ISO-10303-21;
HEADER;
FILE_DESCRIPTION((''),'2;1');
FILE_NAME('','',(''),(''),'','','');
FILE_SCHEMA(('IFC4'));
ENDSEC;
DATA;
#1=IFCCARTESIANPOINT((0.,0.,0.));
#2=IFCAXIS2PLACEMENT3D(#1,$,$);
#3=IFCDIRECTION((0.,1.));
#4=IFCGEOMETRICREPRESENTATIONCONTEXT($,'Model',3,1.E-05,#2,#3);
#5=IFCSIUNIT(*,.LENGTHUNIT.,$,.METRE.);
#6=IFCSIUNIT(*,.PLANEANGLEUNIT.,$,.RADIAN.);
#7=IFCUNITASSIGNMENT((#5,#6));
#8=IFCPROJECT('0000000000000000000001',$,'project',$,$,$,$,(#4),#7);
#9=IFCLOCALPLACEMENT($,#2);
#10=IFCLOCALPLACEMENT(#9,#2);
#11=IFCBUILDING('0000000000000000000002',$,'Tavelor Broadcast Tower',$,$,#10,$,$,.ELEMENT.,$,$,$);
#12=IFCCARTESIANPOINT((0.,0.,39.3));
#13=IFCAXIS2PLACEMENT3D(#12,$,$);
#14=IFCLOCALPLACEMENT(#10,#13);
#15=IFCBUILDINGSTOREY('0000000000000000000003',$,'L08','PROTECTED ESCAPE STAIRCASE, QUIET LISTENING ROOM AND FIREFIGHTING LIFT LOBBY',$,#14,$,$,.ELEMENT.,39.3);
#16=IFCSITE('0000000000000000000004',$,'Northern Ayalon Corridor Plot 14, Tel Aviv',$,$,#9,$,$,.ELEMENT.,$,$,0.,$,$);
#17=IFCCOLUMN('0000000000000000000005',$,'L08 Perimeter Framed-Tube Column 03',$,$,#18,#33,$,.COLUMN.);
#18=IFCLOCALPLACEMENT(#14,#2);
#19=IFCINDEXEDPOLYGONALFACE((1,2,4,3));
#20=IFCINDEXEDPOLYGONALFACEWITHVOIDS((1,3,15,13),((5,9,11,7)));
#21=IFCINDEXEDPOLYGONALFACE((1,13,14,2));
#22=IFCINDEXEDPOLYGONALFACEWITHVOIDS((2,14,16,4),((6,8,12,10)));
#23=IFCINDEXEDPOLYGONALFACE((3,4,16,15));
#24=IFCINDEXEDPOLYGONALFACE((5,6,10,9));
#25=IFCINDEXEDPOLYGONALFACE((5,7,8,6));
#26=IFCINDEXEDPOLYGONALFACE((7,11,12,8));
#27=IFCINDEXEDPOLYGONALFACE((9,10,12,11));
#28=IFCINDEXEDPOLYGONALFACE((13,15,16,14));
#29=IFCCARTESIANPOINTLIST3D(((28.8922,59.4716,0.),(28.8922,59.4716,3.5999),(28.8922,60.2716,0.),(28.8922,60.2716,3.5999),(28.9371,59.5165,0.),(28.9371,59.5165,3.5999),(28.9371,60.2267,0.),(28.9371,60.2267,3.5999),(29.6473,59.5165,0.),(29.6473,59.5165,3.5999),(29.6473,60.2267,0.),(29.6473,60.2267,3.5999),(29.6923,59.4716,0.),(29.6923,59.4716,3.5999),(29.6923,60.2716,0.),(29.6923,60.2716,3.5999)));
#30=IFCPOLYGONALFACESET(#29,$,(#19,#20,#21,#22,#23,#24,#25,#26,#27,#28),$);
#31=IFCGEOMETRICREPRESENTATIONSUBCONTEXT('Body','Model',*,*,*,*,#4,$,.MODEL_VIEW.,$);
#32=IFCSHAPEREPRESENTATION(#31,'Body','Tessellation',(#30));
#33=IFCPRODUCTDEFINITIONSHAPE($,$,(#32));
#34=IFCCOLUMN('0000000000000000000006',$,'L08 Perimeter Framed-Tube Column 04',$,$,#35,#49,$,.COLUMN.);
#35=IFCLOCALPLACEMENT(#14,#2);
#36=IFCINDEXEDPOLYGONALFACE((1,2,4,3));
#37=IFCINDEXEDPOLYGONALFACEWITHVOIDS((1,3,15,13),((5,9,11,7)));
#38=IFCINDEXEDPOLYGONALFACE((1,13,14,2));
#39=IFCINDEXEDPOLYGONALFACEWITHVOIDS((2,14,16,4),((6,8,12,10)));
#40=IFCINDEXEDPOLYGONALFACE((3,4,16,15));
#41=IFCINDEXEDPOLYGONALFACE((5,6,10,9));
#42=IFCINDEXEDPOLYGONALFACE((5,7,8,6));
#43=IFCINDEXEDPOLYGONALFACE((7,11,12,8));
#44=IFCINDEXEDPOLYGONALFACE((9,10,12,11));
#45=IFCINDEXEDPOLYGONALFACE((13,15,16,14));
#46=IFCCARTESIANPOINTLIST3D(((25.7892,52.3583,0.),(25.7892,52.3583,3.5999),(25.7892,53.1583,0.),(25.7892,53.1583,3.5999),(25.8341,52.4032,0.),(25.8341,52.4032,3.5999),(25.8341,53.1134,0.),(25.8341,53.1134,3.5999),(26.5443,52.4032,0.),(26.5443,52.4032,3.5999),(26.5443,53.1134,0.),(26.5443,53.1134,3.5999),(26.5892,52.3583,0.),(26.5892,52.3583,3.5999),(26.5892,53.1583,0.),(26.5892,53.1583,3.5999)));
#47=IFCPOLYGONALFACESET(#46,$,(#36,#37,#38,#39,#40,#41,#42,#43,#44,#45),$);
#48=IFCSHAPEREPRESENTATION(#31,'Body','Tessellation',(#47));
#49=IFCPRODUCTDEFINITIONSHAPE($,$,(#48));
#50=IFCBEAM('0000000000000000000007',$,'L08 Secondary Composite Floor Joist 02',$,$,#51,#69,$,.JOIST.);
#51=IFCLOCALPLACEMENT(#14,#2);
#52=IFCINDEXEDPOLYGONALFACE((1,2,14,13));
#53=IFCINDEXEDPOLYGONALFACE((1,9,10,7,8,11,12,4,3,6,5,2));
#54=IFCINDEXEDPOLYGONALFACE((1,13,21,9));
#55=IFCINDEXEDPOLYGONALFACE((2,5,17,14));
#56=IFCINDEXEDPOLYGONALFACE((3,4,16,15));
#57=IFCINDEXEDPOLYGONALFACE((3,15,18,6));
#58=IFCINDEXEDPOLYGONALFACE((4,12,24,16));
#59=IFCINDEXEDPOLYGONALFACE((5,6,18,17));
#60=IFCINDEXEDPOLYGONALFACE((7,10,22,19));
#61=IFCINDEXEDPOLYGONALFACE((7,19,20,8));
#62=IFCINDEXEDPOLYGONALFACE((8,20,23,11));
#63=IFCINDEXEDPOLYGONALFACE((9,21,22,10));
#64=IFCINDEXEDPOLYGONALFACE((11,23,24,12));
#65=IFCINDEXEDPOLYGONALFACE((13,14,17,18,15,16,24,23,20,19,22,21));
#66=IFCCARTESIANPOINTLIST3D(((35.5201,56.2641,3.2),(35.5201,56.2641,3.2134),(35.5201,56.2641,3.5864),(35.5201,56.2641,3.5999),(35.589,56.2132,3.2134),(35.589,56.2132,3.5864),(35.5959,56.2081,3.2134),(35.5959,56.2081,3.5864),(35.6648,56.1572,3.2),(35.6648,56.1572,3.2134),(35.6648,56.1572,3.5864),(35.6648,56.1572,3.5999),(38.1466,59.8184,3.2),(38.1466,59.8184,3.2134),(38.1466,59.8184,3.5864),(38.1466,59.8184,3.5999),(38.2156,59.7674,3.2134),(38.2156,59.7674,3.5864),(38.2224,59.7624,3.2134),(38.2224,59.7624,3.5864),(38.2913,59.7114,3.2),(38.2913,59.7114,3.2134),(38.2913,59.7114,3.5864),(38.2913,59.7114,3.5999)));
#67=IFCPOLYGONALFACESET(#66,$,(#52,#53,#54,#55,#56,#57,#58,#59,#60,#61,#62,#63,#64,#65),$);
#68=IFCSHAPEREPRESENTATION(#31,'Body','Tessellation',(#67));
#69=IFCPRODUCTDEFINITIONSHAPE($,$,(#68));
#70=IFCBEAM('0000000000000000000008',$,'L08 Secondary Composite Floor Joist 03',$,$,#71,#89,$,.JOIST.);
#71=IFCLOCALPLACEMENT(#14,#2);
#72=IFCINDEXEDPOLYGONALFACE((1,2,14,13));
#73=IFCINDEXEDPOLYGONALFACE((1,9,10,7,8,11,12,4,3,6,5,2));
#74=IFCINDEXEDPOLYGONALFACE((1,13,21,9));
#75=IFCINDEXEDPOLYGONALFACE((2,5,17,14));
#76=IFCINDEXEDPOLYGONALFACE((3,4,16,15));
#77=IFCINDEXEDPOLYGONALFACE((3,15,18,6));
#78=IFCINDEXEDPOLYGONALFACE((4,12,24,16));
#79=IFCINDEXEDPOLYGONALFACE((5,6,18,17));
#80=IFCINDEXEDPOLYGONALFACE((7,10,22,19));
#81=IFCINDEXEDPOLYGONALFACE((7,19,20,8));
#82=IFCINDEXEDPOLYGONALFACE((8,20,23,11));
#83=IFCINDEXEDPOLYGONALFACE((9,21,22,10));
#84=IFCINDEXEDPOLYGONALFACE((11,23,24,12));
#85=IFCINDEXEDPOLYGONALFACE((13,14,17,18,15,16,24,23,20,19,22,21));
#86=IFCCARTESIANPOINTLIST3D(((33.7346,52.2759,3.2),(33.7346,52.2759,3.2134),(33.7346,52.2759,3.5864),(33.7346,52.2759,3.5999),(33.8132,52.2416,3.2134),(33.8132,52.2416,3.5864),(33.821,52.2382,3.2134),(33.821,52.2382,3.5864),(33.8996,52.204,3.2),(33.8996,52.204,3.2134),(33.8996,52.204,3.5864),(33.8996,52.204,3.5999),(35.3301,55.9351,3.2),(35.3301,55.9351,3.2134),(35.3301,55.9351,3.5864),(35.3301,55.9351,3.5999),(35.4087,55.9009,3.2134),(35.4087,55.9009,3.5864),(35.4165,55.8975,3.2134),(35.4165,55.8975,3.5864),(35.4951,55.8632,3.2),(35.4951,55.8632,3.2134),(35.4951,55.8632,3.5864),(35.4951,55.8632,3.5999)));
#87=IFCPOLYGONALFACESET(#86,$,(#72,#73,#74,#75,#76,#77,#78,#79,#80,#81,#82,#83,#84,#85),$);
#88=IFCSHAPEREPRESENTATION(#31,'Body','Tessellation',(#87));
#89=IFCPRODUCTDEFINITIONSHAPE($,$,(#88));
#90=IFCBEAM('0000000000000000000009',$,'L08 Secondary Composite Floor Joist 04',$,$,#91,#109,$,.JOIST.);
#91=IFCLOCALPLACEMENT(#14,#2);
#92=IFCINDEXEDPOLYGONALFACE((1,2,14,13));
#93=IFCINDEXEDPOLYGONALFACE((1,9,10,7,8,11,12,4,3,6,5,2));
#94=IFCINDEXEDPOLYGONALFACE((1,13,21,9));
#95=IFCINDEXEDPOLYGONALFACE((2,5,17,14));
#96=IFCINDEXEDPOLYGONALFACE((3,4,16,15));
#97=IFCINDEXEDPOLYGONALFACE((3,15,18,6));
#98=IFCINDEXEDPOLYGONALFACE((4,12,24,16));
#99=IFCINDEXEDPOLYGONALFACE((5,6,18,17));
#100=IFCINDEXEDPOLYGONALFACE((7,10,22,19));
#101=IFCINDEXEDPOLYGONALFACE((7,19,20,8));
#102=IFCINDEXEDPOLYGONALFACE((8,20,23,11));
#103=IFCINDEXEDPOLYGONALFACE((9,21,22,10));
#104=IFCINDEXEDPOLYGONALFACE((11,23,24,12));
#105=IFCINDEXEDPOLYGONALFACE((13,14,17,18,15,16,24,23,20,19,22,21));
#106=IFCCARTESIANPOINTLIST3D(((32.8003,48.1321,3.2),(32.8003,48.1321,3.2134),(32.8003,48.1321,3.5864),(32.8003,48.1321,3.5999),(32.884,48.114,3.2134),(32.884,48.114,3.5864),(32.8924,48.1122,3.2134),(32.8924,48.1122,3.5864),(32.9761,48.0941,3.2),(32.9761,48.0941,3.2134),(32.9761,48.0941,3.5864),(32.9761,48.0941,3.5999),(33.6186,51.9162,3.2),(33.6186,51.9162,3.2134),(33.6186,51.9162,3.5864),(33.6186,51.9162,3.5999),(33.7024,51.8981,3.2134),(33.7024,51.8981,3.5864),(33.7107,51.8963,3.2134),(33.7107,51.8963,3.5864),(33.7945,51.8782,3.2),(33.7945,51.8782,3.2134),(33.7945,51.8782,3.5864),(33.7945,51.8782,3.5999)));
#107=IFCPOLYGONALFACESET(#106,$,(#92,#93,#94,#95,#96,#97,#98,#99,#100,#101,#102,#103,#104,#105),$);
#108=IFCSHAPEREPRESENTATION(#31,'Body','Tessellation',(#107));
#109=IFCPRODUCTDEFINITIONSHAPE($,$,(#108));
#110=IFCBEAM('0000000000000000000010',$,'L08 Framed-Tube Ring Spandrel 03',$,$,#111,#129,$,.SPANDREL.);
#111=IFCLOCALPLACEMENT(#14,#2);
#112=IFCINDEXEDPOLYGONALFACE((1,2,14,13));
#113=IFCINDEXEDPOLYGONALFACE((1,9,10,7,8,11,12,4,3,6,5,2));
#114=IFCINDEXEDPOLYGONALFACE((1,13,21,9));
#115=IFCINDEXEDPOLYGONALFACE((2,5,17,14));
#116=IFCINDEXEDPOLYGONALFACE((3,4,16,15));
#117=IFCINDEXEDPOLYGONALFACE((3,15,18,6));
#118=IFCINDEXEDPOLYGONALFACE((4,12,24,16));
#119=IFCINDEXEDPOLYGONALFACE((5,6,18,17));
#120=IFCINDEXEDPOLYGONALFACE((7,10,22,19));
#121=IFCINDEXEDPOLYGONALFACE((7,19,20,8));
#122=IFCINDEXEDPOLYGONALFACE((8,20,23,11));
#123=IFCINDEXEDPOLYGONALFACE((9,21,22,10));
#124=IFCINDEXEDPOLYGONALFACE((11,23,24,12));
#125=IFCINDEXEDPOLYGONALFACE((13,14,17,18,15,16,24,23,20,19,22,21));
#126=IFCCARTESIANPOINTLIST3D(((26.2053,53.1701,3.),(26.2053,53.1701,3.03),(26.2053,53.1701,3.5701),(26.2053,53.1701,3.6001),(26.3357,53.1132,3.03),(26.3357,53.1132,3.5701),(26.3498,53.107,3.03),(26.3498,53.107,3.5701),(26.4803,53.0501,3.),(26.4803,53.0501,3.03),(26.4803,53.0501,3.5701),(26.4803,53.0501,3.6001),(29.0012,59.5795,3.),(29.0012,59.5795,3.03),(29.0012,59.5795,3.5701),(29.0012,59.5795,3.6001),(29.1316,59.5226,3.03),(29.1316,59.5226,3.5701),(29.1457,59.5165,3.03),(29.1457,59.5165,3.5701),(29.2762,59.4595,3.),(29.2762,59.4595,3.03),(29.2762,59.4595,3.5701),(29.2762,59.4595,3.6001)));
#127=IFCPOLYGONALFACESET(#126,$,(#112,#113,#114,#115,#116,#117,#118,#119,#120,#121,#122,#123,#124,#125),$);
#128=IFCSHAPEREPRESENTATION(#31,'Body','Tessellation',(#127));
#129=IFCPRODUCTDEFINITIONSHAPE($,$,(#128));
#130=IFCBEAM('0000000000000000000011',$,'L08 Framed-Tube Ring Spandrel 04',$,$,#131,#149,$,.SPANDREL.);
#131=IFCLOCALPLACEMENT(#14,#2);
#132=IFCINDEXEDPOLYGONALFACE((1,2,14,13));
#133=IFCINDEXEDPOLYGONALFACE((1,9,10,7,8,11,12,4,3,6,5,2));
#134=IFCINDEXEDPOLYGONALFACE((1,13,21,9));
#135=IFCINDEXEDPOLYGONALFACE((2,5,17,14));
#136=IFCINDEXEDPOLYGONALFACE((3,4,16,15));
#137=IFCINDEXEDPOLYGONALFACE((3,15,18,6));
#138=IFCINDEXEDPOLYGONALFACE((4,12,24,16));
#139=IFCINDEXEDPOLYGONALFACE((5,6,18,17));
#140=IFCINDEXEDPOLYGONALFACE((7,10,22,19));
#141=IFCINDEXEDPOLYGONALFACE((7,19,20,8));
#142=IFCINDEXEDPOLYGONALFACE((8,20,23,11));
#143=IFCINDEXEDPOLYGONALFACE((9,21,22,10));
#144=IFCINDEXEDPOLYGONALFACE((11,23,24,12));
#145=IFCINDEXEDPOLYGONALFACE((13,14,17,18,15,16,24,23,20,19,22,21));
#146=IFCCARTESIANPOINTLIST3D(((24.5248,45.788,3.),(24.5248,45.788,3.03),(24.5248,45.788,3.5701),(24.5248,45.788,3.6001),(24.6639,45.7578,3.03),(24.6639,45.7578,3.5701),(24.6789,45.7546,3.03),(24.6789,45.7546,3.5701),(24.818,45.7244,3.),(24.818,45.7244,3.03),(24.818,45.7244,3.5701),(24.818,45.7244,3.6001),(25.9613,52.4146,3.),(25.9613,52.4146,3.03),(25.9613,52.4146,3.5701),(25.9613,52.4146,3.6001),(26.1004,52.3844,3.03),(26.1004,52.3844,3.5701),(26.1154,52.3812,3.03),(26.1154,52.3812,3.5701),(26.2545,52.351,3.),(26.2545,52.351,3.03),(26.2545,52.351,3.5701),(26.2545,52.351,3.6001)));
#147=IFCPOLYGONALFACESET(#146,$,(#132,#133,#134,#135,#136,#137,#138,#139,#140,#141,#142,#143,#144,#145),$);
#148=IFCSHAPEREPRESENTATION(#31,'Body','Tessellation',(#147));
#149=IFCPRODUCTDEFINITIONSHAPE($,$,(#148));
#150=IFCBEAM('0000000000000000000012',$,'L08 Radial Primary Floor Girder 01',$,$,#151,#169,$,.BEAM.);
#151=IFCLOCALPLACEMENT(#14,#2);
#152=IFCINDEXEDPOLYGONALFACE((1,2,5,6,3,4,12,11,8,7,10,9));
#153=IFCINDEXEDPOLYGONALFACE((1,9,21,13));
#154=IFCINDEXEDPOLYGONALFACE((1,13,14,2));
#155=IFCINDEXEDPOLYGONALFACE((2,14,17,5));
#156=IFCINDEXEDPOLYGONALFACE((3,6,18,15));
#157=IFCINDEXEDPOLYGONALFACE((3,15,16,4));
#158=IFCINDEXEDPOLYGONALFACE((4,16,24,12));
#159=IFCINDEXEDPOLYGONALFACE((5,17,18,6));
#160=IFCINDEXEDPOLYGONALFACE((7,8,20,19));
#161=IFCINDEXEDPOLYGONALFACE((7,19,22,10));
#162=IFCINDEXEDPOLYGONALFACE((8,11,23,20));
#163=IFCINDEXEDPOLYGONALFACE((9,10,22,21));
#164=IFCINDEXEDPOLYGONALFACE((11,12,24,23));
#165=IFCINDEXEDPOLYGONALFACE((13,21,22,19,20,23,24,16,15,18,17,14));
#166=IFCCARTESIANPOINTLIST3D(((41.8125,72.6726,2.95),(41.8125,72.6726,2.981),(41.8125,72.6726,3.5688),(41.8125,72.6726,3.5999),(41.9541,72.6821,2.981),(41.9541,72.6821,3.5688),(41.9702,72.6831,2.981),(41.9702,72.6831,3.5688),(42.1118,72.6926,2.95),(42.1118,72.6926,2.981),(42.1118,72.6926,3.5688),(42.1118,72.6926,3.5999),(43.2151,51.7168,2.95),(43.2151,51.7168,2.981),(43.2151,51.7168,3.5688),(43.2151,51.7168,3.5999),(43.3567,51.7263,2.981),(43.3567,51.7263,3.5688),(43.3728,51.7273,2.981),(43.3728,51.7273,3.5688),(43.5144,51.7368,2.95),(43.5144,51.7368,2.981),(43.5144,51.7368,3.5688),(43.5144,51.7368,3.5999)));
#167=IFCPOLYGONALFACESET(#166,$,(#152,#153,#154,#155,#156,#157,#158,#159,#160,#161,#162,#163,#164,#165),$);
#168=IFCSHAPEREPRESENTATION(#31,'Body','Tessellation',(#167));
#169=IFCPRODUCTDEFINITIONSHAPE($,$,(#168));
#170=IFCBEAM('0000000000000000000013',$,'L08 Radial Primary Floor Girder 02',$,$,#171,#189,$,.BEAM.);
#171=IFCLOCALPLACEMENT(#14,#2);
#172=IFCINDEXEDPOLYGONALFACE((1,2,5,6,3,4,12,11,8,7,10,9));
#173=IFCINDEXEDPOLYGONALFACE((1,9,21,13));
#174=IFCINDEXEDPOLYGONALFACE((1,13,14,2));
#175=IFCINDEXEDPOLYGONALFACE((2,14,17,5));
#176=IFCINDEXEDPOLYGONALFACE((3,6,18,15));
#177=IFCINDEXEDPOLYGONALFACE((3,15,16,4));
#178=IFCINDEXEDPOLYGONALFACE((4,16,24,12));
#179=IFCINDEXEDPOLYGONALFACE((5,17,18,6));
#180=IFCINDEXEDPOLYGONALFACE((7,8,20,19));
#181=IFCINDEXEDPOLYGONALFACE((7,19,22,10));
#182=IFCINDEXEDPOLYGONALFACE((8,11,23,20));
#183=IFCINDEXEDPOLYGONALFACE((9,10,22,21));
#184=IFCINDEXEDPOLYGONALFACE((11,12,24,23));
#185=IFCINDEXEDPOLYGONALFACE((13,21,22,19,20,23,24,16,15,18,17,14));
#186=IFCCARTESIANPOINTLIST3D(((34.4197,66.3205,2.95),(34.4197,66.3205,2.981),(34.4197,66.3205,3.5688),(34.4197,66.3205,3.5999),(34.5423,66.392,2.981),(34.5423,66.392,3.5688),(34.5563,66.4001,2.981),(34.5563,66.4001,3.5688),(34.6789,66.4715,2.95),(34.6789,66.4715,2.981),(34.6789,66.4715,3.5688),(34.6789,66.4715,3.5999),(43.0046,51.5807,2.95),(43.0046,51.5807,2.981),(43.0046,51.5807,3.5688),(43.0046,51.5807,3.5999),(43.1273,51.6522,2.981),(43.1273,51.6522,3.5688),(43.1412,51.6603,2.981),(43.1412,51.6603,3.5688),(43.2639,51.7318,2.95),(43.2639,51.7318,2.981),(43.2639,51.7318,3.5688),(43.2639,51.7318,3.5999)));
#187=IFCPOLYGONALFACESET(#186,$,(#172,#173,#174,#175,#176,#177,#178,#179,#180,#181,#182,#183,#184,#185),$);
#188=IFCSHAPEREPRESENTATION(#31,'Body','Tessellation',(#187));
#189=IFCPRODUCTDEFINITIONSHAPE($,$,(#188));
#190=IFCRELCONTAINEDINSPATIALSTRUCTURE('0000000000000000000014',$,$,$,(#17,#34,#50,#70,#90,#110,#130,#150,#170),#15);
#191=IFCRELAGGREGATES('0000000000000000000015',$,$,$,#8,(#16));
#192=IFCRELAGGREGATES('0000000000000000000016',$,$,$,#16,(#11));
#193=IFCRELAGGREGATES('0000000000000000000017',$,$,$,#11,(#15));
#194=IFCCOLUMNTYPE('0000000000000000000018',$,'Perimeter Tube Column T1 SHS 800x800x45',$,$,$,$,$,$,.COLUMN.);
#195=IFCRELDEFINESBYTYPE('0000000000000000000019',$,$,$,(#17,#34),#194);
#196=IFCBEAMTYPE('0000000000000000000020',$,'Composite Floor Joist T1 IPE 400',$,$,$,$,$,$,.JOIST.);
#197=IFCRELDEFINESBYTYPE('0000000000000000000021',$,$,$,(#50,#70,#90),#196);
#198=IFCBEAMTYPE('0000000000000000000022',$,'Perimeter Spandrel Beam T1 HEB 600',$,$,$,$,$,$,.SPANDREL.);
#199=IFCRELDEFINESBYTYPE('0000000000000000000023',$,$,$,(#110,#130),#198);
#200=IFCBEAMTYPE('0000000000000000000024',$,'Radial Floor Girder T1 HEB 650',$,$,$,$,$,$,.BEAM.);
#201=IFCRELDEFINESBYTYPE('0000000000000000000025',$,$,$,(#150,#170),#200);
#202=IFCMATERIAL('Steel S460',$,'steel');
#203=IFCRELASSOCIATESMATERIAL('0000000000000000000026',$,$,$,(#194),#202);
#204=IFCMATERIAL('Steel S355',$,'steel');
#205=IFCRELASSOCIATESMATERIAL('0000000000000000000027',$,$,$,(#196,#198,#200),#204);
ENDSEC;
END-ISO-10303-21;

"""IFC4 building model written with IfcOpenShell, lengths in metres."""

from ifc_helpers import new_model, si_unit, direction, frame, origin, origin_2d, place, context, subcontext, project, spatial, hollow_rectangle, i_section, extrude, material, material_profile, profile_set, type_object, element, save


model = new_model("IFC4")

# Units and contexts
model_context = context("Model", 3, precision=1e-05, world=origin(), true_north=direction((0.0, 1.0)))
body_context = subcontext(model_context, "Body", "Model", "MODEL_VIEW")
ifc_project = project(units=[si_unit("LENGTHUNIT", "METRE"), si_unit("PLANEANGLEUNIT", "RADIAN")], contexts=[model_context])

# Site, building, storey
site_placement = place(None, origin())
site = spatial("IfcSite", under=ifc_project, at=site_placement, Name="Northern Ayalon Corridor Plot 14, Tel Aviv", CompositionType="ELEMENT", RefElevation=0.0)
building_placement = place(site_placement, origin())
building = spatial("IfcBuilding", under=site, at=building_placement, Name="Tavelor Broadcast Tower", CompositionType="ELEMENT")
storey_placement = place(building_placement, frame((0.0, 0.0, 39.3)))
storey = spatial("IfcBuildingStorey", under=building, at=storey_placement, Name="L08", Description="PROTECTED ESCAPE STAIRCASE, QUIET LISTENING ROOM AND FIREFIGHTING LIFT LOBBY", CompositionType="ELEMENT", Elevation=39.3)

# Columns
ifc_material_1 = material(Name="Steel S460", Category="steel")
ifc_material_profile_1 = material_profile(ifc_material_1, hollow_rectangle(XDim=0.8, YDim=0.8, WallThickness=0.0449, at=origin_2d()), Name="SHS 800x800x45")
ifc_profile_set_1 = profile_set([ifc_material_profile_1], Name="Steel S460")
column_type = type_object("IfcColumnType", Name="Perimeter Tube Column T1 SHS 800x800x45", PredefinedType="COLUMN", material=ifc_profile_set_1)
for number, where, z_axis, x_axis, name in (
    (1, (29.2922, 59.8716, 0.0), (0.0, 0.0, 1.0), (1.0, 0.0, 0.0), "L08 Perimeter Framed-Tube Column 03"),
    (2, (26.1892, 52.7583, 0.0), (0.0, 0.0, 1.0), (1.0, 0.0, 0.0), "L08 Perimeter Framed-Tube Column 04"),
):
    element("IfcColumn", number, at=place(storey_placement, frame(where, z_axis=z_axis, x_axis=x_axis)), inside=storey, type_object=column_type, Name=name, PredefinedType="COLUMN", context=body_context, shape_type="SweptSolid", body=[
        extrude(hollow_rectangle(XDim=0.8, YDim=0.8, WallThickness=0.0449, at=origin_2d()), origin(), (0.0, 0.0, 1.0), 3.5999),
    ])

# Beams
ifc_material_2 = material(Name="Steel S355", Category="steel")
ifc_material_profile_2 = material_profile(ifc_material_2, i_section(OverallWidth=0.1799, OverallDepth=0.3999, WebThickness=0.0085, FlangeThickness=0.0134, at=origin_2d()), Name="IPE 400")
ifc_profile_set_2 = profile_set([ifc_material_profile_2], Name="Steel S355")
beam_type_1 = type_object("IfcBeamType", Name="Composite Floor Joist T1 IPE 400", PredefinedType="JOIST", material=ifc_profile_set_2)
beam_1_placement = place(storey_placement, frame((38.219, 59.7649, 3.3999), z_axis=(-0.59431, -0.804236, 0.0), x_axis=(0.804236, -0.59431, 0.0)))
element("IfcBeam", 3, at=beam_1_placement, inside=storey, type_object=beam_type_1, Name="L08 Secondary Composite Floor Joist 02", PredefinedType="JOIST", context=body_context, shape_type="SweptSolid", body=[
    extrude(i_section(OverallWidth=0.1799, OverallDepth=0.3999, WebThickness=0.0085, FlangeThickness=0.0134, at=origin_2d()), origin(), (0.0, 0.0, 1.0), 4.4194),
])
beam_2_placement = place(storey_placement, frame((35.4126, 55.8992, 3.3999), z_axis=(-0.399676, -0.916656, 0.0), x_axis=(0.916656, -0.399676, 0.0)))
element("IfcBeam", 4, at=beam_2_placement, inside=storey, type_object=beam_type_1, Name="L08 Secondary Composite Floor Joist 03", PredefinedType="JOIST", context=body_context, shape_type="SweptSolid", body=[
    extrude(i_section(OverallWidth=0.1799, OverallDepth=0.3999, WebThickness=0.0085, FlangeThickness=0.0134, at=origin_2d()), origin(), (0.0, 0.0, 1.0), 3.9919),
])
beam_3_placement = place(storey_placement, frame((33.7065, 51.8972, 3.3999), z_axis=(-0.211372, -0.977406, 0.0), x_axis=(0.977406, -0.211372, 0.0)))
element("IfcBeam", 5, at=beam_3_placement, inside=storey, type_object=beam_type_1, Name="L08 Secondary Composite Floor Joist 04", PredefinedType="JOIST", context=body_context, shape_type="SweptSolid", body=[
    extrude(i_section(OverallWidth=0.1799, OverallDepth=0.3999, WebThickness=0.0085, FlangeThickness=0.0134, at=origin_2d()), origin(), (0.0, 0.0, 1.0), 3.8716),
])
ifc_material_profile_3 = material_profile(ifc_material_2, i_section(OverallWidth=0.3, OverallDepth=0.6001, WebThickness=0.0154, FlangeThickness=0.03, at=origin_2d()), Name="HEB 600")
ifc_profile_set_3 = profile_set([ifc_material_profile_3], Name="Steel S355")
beam_type_2 = type_object("IfcBeamType", Name="Perimeter Spandrel Beam T1 HEB 600", PredefinedType="SPANDREL", material=ifc_profile_set_3)
beam_4_placement = place(storey_placement, frame((29.1387, 59.5195, 3.3), z_axis=(-0.399831, -0.916589, 0.0), x_axis=(0.916589, -0.399831, 0.0)))
element("IfcBeam", 6, at=beam_4_placement, inside=storey, type_object=beam_type_2, Name="L08 Framed-Tube Ring Spandrel 03", PredefinedType="SPANDREL", context=body_context, shape_type="SweptSolid", body=[
    extrude(i_section(OverallWidth=0.3, OverallDepth=0.6001, WebThickness=0.0154, FlangeThickness=0.03, at=origin_2d()), origin(), (0.0, 0.0, 1.0), 6.9927),
])
beam_5_placement = place(storey_placement, frame((26.1079, 52.3828, 3.3), z_axis=(-0.211857, -0.977301, 0.0), x_axis=(0.977301, -0.211857, 0.0)))
element("IfcBeam", 7, at=beam_5_placement, inside=storey, type_object=beam_type_2, Name="L08 Framed-Tube Ring Spandrel 04", PredefinedType="SPANDREL", context=body_context, shape_type="SweptSolid", body=[
    extrude(i_section(OverallWidth=0.3, OverallDepth=0.6001, WebThickness=0.0154, FlangeThickness=0.03, at=origin_2d()), origin(), (0.0, 0.0, 1.0), 6.7805),
])
ifc_material_profile_4 = material_profile(ifc_material_2, i_section(OverallWidth=0.3, OverallDepth=0.6499, WebThickness=0.0161, FlangeThickness=0.031, at=origin_2d()), Name="HEB 650")
ifc_profile_set_4 = profile_set([ifc_material_profile_4], Name="Steel S355")
beam_type_3 = type_object("IfcBeamType", Name="Radial Floor Girder T1 HEB 650", PredefinedType="BEAM", material=ifc_profile_set_4)
beam_6_placement = place(storey_placement, frame((43.3647, 51.7268, 3.2749), z_axis=(-0.066781, 0.997768, 0.0), x_axis=(-0.997768, -0.066781, 0.0)))
element("IfcBeam", 8, at=beam_6_placement, inside=storey, type_object=beam_type_3, Name="L08 Radial Primary Floor Girder 01", PredefinedType="BEAM", context=body_context, shape_type="SweptSolid", body=[
    extrude(i_section(OverallWidth=0.3, OverallDepth=0.6499, WebThickness=0.0161, FlangeThickness=0.031, at=origin_2d()), origin(), (0.0, 0.0, 1.0), 21.0027),
])
beam_7_placement = place(storey_placement, frame((43.1343, 51.6562, 3.2749), z_axis=(-0.503292, 0.864116, 0.0), x_axis=(-0.864116, -0.503292, 0.0)))
element("IfcBeam", 9, at=beam_7_placement, inside=storey, type_object=beam_type_3, Name="L08 Radial Primary Floor Girder 02", PredefinedType="BEAM", context=body_context, shape_type="SweptSolid", body=[
    extrude(i_section(OverallWidth=0.3, OverallDepth=0.6499, WebThickness=0.0161, FlangeThickness=0.031, at=origin_2d()), origin(), (0.0, 0.0, 1.0), 17.0576),
])

save(model, "model.ifc")
